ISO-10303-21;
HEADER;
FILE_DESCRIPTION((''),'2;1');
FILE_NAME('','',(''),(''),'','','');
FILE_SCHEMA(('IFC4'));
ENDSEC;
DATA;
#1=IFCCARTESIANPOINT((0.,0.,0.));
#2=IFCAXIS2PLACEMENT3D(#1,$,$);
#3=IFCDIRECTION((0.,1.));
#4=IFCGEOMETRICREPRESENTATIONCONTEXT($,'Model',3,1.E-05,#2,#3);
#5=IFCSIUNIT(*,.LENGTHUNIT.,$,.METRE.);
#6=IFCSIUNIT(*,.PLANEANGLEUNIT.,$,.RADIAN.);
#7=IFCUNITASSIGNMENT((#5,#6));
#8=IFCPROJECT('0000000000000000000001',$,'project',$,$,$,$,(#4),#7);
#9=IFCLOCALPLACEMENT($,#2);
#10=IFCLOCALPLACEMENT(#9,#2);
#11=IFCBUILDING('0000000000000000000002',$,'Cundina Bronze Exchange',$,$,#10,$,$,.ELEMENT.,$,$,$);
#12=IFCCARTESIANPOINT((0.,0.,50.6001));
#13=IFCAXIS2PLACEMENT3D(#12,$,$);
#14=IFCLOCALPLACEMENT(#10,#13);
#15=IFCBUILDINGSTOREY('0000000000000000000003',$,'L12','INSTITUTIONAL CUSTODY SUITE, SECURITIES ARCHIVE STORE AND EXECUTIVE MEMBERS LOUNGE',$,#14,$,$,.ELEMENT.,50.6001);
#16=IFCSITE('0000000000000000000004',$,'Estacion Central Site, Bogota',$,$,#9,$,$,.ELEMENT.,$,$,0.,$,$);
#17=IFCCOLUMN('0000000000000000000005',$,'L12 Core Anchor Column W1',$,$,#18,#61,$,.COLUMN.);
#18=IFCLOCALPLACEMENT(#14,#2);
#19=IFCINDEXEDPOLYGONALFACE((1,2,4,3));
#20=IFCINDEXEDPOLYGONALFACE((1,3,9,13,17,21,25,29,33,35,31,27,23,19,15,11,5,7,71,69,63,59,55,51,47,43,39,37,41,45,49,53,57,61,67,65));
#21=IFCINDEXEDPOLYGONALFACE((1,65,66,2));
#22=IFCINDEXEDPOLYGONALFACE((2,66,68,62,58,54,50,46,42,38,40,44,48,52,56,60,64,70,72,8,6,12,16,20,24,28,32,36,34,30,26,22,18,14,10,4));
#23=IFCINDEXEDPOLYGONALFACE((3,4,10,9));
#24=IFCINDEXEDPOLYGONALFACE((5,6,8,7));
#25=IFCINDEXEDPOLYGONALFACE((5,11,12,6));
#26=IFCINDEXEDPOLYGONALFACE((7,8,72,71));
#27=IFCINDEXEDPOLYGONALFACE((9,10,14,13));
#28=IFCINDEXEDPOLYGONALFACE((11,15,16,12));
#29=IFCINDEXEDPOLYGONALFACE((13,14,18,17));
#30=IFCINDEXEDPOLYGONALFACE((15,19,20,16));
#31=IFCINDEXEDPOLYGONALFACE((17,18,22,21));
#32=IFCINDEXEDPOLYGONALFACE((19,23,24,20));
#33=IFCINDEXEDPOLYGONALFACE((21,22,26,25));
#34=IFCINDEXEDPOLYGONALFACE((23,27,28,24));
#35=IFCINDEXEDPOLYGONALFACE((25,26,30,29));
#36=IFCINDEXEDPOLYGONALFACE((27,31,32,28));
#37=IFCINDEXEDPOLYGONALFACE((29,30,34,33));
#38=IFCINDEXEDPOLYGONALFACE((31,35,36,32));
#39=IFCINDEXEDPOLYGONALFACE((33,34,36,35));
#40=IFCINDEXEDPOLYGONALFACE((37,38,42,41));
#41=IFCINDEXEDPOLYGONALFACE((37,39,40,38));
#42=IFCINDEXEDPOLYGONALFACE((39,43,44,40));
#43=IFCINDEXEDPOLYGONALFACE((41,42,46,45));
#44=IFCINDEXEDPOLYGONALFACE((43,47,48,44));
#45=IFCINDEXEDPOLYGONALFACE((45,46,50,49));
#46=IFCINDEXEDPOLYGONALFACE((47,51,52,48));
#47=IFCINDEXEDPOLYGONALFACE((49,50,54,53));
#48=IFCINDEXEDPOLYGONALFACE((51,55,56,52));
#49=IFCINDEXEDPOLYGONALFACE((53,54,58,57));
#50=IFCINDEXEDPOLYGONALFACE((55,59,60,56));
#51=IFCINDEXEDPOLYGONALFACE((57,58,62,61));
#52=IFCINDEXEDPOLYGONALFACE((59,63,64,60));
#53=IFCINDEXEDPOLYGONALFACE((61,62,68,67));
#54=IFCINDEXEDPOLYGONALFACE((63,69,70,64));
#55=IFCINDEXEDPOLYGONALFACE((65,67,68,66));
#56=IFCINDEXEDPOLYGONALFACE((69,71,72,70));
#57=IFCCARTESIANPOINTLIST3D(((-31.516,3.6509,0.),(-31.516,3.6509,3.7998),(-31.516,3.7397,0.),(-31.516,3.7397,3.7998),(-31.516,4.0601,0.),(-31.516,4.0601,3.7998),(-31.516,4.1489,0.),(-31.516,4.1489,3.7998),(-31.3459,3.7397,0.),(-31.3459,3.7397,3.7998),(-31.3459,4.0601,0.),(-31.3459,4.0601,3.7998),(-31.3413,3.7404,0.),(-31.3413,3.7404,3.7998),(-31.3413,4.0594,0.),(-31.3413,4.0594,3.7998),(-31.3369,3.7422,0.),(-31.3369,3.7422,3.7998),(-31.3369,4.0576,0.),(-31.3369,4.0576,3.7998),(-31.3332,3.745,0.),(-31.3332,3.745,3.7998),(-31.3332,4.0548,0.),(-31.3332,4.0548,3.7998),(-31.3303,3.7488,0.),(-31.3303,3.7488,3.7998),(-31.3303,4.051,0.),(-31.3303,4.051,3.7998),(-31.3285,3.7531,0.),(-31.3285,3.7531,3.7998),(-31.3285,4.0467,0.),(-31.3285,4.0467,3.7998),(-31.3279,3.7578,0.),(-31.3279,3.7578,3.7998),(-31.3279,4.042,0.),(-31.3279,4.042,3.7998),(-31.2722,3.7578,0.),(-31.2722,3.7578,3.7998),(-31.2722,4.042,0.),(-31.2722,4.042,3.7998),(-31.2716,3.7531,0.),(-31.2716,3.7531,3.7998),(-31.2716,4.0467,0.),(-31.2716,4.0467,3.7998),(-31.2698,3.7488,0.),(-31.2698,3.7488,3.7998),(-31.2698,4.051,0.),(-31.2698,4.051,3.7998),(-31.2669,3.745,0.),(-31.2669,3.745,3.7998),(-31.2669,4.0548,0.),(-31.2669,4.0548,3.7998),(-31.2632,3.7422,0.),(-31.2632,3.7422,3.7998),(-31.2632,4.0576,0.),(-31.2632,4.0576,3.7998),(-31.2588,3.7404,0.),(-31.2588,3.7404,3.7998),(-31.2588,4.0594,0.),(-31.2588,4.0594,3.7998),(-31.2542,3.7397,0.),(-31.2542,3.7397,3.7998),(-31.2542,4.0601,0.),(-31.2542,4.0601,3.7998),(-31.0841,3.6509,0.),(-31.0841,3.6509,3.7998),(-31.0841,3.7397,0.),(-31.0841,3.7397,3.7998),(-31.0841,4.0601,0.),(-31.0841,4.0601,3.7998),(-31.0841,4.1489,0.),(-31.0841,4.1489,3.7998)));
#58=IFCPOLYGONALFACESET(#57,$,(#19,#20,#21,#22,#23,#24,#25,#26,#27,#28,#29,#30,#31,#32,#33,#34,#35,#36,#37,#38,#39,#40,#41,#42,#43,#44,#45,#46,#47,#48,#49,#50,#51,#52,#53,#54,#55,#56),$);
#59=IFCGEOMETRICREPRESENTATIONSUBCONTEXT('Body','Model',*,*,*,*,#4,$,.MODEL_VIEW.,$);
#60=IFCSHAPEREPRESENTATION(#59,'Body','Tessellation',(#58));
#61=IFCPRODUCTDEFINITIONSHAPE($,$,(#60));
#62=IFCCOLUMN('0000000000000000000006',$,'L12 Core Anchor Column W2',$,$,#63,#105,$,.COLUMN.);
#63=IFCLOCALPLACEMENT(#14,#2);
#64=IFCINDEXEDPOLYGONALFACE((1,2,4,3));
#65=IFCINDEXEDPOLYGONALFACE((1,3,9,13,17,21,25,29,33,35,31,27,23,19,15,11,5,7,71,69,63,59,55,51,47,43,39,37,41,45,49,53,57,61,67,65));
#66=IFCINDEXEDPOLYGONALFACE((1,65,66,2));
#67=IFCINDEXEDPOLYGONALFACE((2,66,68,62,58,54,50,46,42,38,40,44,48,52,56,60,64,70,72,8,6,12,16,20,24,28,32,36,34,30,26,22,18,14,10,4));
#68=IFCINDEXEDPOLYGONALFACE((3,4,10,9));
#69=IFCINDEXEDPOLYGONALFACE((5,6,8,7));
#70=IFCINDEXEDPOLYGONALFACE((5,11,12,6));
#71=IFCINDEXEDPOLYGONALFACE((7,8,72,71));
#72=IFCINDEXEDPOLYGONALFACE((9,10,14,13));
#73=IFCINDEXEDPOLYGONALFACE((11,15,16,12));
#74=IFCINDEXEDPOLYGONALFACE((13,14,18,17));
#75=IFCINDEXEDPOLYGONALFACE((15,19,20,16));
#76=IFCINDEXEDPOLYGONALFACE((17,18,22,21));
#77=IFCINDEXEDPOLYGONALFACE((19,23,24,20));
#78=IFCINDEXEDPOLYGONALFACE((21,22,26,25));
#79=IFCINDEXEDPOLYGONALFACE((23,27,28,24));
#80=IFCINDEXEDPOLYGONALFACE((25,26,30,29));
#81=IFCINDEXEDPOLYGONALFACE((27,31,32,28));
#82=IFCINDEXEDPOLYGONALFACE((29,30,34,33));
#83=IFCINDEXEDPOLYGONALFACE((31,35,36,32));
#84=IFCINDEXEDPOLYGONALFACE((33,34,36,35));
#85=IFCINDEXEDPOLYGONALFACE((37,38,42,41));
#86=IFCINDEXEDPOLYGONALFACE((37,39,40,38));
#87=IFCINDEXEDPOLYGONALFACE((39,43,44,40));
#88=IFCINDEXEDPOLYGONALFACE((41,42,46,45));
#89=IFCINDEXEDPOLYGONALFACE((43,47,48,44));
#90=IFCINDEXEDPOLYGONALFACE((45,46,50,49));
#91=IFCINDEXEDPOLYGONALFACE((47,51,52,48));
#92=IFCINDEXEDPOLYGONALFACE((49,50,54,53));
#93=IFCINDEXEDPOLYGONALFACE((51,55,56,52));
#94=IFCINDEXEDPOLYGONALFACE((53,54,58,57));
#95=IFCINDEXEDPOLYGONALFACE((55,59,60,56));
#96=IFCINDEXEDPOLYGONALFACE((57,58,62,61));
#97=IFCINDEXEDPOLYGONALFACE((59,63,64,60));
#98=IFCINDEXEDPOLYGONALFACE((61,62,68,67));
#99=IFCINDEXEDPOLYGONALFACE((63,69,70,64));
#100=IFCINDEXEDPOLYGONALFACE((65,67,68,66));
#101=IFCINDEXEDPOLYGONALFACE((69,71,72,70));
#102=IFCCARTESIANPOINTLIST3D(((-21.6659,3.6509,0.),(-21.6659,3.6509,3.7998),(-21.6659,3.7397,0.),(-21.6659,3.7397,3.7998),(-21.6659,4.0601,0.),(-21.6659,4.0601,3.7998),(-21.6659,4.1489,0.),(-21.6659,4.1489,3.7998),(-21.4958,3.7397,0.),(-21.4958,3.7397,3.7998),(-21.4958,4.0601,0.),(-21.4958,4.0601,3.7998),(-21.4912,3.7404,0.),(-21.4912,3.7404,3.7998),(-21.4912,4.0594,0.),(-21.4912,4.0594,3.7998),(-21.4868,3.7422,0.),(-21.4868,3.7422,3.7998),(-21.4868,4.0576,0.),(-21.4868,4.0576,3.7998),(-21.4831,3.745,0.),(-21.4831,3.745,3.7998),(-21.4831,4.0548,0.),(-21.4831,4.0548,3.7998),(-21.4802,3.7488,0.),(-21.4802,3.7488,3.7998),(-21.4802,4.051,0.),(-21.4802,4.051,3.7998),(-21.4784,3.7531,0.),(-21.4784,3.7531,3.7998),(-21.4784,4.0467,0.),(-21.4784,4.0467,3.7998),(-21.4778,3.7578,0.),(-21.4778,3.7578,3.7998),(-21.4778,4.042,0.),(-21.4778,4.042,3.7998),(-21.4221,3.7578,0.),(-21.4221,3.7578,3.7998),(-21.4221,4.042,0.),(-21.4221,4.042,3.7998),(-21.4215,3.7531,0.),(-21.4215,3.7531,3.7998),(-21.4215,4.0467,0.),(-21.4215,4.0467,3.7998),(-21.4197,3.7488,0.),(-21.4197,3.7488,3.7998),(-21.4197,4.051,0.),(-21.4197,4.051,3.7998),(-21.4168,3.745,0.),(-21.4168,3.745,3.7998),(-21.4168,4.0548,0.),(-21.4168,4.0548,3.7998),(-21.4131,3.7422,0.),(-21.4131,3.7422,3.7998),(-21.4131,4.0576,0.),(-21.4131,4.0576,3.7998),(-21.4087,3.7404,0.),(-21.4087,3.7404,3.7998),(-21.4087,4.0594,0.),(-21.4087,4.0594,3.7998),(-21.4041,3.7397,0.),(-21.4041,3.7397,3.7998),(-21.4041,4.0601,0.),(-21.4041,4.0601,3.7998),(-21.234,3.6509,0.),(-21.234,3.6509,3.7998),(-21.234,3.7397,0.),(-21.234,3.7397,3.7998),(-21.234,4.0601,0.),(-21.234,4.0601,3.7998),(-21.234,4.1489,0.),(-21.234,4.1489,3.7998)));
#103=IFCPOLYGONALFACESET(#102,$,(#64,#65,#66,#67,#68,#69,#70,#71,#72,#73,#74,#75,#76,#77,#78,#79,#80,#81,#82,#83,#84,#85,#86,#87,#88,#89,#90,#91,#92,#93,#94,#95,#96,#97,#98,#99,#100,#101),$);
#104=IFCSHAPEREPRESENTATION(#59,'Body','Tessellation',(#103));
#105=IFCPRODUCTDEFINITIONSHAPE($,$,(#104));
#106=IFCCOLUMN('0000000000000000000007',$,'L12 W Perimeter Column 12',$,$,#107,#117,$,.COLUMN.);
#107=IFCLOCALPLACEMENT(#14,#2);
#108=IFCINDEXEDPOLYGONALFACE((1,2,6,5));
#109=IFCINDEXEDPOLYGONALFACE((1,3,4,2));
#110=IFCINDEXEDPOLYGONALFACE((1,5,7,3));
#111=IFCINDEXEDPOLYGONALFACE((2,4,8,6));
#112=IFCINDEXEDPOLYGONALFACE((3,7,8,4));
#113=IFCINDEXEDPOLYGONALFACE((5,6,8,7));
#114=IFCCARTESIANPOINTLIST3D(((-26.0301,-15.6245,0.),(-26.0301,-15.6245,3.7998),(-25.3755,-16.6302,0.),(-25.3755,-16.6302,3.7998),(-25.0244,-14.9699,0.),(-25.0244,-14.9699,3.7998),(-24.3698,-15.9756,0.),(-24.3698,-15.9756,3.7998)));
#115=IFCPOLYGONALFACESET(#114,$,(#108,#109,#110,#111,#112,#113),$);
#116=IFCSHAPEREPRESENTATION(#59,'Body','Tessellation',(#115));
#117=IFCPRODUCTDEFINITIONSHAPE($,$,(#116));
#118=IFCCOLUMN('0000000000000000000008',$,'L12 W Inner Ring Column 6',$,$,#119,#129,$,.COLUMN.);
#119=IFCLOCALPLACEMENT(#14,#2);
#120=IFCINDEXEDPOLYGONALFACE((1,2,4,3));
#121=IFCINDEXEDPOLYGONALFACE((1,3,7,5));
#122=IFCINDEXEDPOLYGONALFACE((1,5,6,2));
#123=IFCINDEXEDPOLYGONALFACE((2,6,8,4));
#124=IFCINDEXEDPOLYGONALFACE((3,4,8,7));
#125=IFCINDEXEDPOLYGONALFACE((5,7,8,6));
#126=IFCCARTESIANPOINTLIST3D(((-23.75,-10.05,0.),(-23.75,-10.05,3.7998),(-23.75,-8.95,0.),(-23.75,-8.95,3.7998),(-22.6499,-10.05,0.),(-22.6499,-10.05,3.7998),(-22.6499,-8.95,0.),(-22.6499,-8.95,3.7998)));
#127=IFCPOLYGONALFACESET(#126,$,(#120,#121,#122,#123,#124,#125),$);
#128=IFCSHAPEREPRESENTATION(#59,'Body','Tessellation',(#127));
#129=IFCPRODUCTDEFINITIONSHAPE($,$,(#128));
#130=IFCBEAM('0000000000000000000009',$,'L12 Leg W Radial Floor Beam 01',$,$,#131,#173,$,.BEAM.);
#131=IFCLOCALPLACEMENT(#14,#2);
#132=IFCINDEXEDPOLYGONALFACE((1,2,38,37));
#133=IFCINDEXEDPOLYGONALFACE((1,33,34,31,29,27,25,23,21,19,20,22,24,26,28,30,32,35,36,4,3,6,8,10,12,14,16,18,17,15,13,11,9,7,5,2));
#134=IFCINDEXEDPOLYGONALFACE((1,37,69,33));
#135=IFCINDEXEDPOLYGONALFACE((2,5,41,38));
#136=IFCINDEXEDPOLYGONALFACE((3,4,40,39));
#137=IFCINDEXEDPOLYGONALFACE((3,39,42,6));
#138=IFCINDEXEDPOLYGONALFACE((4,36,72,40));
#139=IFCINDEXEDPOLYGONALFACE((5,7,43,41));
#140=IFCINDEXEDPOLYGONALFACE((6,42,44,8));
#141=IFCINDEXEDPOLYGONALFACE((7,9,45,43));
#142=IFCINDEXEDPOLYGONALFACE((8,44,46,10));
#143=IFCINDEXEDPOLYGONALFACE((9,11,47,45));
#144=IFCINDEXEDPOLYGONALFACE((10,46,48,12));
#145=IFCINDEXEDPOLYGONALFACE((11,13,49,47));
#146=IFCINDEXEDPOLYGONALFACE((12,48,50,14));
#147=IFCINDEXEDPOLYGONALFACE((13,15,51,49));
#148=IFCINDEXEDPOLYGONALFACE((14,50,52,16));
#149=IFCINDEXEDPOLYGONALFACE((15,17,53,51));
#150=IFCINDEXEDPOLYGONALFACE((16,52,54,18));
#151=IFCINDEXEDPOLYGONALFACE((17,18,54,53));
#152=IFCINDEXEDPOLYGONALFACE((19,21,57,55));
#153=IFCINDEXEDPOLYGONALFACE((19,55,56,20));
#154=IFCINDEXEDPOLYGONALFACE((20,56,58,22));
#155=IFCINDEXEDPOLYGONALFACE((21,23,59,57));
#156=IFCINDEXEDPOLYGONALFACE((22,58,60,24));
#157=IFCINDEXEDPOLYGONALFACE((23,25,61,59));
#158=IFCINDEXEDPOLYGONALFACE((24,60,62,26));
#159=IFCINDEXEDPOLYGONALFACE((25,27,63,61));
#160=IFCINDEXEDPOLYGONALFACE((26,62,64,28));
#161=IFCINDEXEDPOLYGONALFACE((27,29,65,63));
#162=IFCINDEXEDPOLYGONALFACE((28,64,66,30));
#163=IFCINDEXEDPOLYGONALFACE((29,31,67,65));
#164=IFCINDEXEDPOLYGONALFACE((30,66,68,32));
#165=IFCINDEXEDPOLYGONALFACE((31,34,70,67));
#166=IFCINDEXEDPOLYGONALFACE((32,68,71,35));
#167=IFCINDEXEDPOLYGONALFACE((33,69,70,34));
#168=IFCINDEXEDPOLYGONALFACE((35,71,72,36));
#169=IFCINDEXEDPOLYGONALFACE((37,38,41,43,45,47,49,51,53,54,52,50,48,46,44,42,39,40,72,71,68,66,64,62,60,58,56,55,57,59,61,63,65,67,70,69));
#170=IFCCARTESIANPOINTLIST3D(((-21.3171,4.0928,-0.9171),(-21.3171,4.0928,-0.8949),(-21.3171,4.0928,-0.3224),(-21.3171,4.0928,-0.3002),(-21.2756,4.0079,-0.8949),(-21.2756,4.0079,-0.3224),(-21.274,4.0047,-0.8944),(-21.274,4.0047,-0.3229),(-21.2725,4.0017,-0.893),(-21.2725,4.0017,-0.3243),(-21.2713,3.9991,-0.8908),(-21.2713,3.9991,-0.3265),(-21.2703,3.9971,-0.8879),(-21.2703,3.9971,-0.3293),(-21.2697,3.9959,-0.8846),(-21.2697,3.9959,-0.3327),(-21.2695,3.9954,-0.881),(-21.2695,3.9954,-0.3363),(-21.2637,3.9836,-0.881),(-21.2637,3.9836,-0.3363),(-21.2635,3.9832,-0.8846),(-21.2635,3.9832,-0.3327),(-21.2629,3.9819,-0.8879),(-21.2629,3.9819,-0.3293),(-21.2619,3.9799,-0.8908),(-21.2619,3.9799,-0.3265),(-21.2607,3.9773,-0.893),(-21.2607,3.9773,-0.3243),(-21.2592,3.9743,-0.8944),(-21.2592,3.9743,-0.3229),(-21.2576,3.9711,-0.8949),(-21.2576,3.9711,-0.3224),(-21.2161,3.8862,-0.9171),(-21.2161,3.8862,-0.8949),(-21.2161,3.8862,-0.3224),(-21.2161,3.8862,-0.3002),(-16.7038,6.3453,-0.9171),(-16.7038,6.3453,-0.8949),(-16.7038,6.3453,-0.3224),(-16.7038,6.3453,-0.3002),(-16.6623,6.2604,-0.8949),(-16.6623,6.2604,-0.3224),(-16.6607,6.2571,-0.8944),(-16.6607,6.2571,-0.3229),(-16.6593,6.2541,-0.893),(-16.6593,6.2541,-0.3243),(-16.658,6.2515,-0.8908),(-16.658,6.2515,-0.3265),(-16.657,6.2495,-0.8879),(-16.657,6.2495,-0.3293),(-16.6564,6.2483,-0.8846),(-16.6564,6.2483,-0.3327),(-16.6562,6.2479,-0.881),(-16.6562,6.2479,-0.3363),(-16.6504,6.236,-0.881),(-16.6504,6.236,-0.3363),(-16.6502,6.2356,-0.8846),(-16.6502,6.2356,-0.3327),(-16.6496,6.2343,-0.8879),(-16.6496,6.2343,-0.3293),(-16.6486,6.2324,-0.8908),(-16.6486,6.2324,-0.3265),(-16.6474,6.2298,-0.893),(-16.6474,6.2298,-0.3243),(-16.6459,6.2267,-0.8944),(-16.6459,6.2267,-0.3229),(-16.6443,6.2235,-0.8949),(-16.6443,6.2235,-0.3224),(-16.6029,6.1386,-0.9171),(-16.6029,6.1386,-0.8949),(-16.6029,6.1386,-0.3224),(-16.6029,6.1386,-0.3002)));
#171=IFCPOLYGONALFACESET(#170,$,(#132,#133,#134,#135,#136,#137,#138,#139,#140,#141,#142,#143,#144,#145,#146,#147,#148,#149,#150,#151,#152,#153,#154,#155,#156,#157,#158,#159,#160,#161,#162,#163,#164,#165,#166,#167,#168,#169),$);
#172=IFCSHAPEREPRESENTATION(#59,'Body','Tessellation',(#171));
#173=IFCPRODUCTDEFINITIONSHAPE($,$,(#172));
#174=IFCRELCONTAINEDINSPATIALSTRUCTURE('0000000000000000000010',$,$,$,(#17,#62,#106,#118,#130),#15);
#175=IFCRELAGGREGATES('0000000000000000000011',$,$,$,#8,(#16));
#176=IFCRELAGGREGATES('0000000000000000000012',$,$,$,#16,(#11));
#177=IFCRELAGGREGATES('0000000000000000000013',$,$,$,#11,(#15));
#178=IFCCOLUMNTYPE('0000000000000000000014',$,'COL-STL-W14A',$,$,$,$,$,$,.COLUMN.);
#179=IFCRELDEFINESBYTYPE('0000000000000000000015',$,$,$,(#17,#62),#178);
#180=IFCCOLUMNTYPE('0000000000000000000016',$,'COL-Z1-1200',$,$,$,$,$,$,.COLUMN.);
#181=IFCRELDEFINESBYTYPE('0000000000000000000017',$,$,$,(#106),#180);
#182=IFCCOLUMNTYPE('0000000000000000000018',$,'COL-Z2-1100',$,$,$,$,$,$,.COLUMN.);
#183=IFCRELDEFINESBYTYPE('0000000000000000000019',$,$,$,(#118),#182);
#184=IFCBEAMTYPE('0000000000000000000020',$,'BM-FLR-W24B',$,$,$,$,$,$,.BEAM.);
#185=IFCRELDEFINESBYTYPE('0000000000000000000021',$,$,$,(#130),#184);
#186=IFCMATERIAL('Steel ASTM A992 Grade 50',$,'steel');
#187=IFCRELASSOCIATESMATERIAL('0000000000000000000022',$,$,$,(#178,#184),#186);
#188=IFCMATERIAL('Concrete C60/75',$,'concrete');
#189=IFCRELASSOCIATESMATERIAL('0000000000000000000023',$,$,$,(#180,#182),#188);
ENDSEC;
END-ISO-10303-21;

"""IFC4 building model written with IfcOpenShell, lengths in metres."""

from ifc_helpers import new_model, si_unit, direction, frame, origin, origin_2d, place, context, subcontext, project, spatial, rectangle, i_section, extrude, material, material_profile, profile_set, type_object, element, save


model = new_model("IFC4")

# Units and contexts
model_context = context("Model", 3, precision=1e-05, world=origin(), true_north=direction((0.0, 1.0)))
body_context = subcontext(model_context, "Body", "Model", "MODEL_VIEW")
ifc_project = project(units=[si_unit("LENGTHUNIT", "METRE"), si_unit("PLANEANGLEUNIT", "RADIAN")], contexts=[model_context])

# Site, building, storey
site_placement = place(None, origin())
site = spatial("IfcSite", under=ifc_project, at=site_placement, Name="Estacion Central Site, Bogota", CompositionType="ELEMENT", RefElevation=0.0)
building_placement = place(site_placement, origin())
building = spatial("IfcBuilding", under=site, at=building_placement, Name="Cundina Bronze Exchange", CompositionType="ELEMENT")
storey_placement = place(building_placement, frame((0.0, 0.0, 50.6001)))
storey = spatial("IfcBuildingStorey", under=building, at=storey_placement, Name="L12", Description="INSTITUTIONAL CUSTODY SUITE, SECURITIES ARCHIVE STORE AND EXECUTIVE MEMBERS LOUNGE", CompositionType="ELEMENT", Elevation=50.6001)

# Columns
ifc_material_1 = material(Name="Steel ASTM A992 Grade 50", Category="steel")
ifc_material_profile_1 = material_profile(ifc_material_1, i_section(OverallWidth=0.4319, OverallDepth=0.498, WebThickness=0.0557, FlangeThickness=0.0889, FilletRadius=0.0181, at=origin_2d()), Name="W14X500", Category="steel")
ifc_profile_set_1 = profile_set([ifc_material_profile_1], Name="Steel ASTM A992 Grade 50")
column_type_1 = type_object("IfcColumnType", Name="COL-STL-W14A", PredefinedType="COLUMN", material=ifc_profile_set_1)
for number, where, z_axis, x_axis, name in (
    (1, (-31.3, 3.8999, 0.0), (0.0, 0.0, 1.0), (1.0, 0.0, 0.0), "L12 Core Anchor Column W1"),
    (2, (-21.45, 3.8999, 0.0), (0.0, 0.0, 1.0), (1.0, 0.0, 0.0), "L12 Core Anchor Column W2"),
):
    element("IfcColumn", number, at=place(storey_placement, frame(where, z_axis=z_axis, x_axis=x_axis)), inside=storey, type_object=column_type_1, Name=name, PredefinedType="COLUMN", context=body_context, shape_type="SweptSolid", body=[
        extrude(i_section(OverallWidth=0.4319, OverallDepth=0.498, WebThickness=0.0557, FlangeThickness=0.0889, FilletRadius=0.0181, at=origin_2d()), origin(), (0.0, 0.0, 1.0), 3.7998),
    ])
ifc_material_2 = material(Name="Concrete C60/75", Category="concrete")
ifc_material_profile_2 = material_profile(ifc_material_2, rectangle(XDim=1.2, YDim=1.2, at=origin_2d()), Name="RC1200X1200", Category="concrete")
ifc_profile_set_2 = profile_set([ifc_material_profile_2], Name="Concrete C60/75")
column_type_2 = type_object("IfcColumnType", Name="COL-Z1-1200", PredefinedType="COLUMN", material=ifc_profile_set_2)
column_1_placement = place(storey_placement, frame((-25.2, -15.8, 0.0), z_axis=(0.0, 0.0, 1.0), x_axis=(0.8381, 0.545517, 0.0)))
element("IfcColumn", 3, at=column_1_placement, inside=storey, type_object=column_type_2, Name="L12 W Perimeter Column 12", PredefinedType="COLUMN", context=body_context, shape_type="SweptSolid", body=[
    extrude(rectangle(XDim=1.2, YDim=1.2, at=origin_2d()), origin(), (0.0, 0.0, 1.0), 3.7998),
])
ifc_material_profile_3 = material_profile(ifc_material_2, rectangle(XDim=1.1001, YDim=1.1001, at=origin_2d()), Name="RC1100X1100", Category="concrete")
ifc_profile_set_3 = profile_set([ifc_material_profile_3], Name="Concrete C60/75")
column_type_3 = type_object("IfcColumnType", Name="COL-Z2-1100", PredefinedType="COLUMN", material=ifc_profile_set_3)
column_2_placement = place(storey_placement, frame((-23.2, -9.5, 0.0), z_axis=(0.0, 0.0, 1.0), x_axis=(1.0, 0.0, 0.0)))
element("IfcColumn", 4, at=column_2_placement, inside=storey, type_object=column_type_3, Name="L12 W Inner Ring Column 6", PredefinedType="COLUMN", context=body_context, shape_type="SweptSolid", body=[
    extrude(rectangle(XDim=1.1001, YDim=1.1001, at=origin_2d()), origin(), (0.0, 0.0, 1.0), 3.7998),
])

# Beam
ifc_material_profile_4 = material_profile(ifc_material_1, i_section(OverallWidth=0.23, OverallDepth=0.6169, WebThickness=0.0132, FlangeThickness=0.0222, FilletRadius=0.0139, at=origin_2d()), Name="W24X94", Category="steel")
ifc_profile_set_4 = profile_set([ifc_material_profile_4], Name="Steel ASTM A992 Grade 50")
beam_type_1 = type_object("IfcBeamType", Name="BM-FLR-W24B", PredefinedType="BEAM", material=ifc_profile_set_4)
beam_1_placement = place(storey_placement, frame((-21.2666, 3.9895, -0.6086), z_axis=(0.89861, 0.438748, 0.0), x_axis=(-0.438748, 0.89861, 0.0)))
element("IfcBeam", 5, at=beam_1_placement, inside=storey, type_object=beam_type_1, Name="L12 Leg W Radial Floor Beam 01", PredefinedType="BEAM", context=body_context, shape_type="SweptSolid", body=[
    extrude(i_section(OverallWidth=0.23, OverallDepth=0.6169, WebThickness=0.0132, FlangeThickness=0.0222, FilletRadius=0.0139, at=origin_2d()), origin(), (0.0, 0.0, 1.0), 5.1338),
])

save(model, "model.ifc")
